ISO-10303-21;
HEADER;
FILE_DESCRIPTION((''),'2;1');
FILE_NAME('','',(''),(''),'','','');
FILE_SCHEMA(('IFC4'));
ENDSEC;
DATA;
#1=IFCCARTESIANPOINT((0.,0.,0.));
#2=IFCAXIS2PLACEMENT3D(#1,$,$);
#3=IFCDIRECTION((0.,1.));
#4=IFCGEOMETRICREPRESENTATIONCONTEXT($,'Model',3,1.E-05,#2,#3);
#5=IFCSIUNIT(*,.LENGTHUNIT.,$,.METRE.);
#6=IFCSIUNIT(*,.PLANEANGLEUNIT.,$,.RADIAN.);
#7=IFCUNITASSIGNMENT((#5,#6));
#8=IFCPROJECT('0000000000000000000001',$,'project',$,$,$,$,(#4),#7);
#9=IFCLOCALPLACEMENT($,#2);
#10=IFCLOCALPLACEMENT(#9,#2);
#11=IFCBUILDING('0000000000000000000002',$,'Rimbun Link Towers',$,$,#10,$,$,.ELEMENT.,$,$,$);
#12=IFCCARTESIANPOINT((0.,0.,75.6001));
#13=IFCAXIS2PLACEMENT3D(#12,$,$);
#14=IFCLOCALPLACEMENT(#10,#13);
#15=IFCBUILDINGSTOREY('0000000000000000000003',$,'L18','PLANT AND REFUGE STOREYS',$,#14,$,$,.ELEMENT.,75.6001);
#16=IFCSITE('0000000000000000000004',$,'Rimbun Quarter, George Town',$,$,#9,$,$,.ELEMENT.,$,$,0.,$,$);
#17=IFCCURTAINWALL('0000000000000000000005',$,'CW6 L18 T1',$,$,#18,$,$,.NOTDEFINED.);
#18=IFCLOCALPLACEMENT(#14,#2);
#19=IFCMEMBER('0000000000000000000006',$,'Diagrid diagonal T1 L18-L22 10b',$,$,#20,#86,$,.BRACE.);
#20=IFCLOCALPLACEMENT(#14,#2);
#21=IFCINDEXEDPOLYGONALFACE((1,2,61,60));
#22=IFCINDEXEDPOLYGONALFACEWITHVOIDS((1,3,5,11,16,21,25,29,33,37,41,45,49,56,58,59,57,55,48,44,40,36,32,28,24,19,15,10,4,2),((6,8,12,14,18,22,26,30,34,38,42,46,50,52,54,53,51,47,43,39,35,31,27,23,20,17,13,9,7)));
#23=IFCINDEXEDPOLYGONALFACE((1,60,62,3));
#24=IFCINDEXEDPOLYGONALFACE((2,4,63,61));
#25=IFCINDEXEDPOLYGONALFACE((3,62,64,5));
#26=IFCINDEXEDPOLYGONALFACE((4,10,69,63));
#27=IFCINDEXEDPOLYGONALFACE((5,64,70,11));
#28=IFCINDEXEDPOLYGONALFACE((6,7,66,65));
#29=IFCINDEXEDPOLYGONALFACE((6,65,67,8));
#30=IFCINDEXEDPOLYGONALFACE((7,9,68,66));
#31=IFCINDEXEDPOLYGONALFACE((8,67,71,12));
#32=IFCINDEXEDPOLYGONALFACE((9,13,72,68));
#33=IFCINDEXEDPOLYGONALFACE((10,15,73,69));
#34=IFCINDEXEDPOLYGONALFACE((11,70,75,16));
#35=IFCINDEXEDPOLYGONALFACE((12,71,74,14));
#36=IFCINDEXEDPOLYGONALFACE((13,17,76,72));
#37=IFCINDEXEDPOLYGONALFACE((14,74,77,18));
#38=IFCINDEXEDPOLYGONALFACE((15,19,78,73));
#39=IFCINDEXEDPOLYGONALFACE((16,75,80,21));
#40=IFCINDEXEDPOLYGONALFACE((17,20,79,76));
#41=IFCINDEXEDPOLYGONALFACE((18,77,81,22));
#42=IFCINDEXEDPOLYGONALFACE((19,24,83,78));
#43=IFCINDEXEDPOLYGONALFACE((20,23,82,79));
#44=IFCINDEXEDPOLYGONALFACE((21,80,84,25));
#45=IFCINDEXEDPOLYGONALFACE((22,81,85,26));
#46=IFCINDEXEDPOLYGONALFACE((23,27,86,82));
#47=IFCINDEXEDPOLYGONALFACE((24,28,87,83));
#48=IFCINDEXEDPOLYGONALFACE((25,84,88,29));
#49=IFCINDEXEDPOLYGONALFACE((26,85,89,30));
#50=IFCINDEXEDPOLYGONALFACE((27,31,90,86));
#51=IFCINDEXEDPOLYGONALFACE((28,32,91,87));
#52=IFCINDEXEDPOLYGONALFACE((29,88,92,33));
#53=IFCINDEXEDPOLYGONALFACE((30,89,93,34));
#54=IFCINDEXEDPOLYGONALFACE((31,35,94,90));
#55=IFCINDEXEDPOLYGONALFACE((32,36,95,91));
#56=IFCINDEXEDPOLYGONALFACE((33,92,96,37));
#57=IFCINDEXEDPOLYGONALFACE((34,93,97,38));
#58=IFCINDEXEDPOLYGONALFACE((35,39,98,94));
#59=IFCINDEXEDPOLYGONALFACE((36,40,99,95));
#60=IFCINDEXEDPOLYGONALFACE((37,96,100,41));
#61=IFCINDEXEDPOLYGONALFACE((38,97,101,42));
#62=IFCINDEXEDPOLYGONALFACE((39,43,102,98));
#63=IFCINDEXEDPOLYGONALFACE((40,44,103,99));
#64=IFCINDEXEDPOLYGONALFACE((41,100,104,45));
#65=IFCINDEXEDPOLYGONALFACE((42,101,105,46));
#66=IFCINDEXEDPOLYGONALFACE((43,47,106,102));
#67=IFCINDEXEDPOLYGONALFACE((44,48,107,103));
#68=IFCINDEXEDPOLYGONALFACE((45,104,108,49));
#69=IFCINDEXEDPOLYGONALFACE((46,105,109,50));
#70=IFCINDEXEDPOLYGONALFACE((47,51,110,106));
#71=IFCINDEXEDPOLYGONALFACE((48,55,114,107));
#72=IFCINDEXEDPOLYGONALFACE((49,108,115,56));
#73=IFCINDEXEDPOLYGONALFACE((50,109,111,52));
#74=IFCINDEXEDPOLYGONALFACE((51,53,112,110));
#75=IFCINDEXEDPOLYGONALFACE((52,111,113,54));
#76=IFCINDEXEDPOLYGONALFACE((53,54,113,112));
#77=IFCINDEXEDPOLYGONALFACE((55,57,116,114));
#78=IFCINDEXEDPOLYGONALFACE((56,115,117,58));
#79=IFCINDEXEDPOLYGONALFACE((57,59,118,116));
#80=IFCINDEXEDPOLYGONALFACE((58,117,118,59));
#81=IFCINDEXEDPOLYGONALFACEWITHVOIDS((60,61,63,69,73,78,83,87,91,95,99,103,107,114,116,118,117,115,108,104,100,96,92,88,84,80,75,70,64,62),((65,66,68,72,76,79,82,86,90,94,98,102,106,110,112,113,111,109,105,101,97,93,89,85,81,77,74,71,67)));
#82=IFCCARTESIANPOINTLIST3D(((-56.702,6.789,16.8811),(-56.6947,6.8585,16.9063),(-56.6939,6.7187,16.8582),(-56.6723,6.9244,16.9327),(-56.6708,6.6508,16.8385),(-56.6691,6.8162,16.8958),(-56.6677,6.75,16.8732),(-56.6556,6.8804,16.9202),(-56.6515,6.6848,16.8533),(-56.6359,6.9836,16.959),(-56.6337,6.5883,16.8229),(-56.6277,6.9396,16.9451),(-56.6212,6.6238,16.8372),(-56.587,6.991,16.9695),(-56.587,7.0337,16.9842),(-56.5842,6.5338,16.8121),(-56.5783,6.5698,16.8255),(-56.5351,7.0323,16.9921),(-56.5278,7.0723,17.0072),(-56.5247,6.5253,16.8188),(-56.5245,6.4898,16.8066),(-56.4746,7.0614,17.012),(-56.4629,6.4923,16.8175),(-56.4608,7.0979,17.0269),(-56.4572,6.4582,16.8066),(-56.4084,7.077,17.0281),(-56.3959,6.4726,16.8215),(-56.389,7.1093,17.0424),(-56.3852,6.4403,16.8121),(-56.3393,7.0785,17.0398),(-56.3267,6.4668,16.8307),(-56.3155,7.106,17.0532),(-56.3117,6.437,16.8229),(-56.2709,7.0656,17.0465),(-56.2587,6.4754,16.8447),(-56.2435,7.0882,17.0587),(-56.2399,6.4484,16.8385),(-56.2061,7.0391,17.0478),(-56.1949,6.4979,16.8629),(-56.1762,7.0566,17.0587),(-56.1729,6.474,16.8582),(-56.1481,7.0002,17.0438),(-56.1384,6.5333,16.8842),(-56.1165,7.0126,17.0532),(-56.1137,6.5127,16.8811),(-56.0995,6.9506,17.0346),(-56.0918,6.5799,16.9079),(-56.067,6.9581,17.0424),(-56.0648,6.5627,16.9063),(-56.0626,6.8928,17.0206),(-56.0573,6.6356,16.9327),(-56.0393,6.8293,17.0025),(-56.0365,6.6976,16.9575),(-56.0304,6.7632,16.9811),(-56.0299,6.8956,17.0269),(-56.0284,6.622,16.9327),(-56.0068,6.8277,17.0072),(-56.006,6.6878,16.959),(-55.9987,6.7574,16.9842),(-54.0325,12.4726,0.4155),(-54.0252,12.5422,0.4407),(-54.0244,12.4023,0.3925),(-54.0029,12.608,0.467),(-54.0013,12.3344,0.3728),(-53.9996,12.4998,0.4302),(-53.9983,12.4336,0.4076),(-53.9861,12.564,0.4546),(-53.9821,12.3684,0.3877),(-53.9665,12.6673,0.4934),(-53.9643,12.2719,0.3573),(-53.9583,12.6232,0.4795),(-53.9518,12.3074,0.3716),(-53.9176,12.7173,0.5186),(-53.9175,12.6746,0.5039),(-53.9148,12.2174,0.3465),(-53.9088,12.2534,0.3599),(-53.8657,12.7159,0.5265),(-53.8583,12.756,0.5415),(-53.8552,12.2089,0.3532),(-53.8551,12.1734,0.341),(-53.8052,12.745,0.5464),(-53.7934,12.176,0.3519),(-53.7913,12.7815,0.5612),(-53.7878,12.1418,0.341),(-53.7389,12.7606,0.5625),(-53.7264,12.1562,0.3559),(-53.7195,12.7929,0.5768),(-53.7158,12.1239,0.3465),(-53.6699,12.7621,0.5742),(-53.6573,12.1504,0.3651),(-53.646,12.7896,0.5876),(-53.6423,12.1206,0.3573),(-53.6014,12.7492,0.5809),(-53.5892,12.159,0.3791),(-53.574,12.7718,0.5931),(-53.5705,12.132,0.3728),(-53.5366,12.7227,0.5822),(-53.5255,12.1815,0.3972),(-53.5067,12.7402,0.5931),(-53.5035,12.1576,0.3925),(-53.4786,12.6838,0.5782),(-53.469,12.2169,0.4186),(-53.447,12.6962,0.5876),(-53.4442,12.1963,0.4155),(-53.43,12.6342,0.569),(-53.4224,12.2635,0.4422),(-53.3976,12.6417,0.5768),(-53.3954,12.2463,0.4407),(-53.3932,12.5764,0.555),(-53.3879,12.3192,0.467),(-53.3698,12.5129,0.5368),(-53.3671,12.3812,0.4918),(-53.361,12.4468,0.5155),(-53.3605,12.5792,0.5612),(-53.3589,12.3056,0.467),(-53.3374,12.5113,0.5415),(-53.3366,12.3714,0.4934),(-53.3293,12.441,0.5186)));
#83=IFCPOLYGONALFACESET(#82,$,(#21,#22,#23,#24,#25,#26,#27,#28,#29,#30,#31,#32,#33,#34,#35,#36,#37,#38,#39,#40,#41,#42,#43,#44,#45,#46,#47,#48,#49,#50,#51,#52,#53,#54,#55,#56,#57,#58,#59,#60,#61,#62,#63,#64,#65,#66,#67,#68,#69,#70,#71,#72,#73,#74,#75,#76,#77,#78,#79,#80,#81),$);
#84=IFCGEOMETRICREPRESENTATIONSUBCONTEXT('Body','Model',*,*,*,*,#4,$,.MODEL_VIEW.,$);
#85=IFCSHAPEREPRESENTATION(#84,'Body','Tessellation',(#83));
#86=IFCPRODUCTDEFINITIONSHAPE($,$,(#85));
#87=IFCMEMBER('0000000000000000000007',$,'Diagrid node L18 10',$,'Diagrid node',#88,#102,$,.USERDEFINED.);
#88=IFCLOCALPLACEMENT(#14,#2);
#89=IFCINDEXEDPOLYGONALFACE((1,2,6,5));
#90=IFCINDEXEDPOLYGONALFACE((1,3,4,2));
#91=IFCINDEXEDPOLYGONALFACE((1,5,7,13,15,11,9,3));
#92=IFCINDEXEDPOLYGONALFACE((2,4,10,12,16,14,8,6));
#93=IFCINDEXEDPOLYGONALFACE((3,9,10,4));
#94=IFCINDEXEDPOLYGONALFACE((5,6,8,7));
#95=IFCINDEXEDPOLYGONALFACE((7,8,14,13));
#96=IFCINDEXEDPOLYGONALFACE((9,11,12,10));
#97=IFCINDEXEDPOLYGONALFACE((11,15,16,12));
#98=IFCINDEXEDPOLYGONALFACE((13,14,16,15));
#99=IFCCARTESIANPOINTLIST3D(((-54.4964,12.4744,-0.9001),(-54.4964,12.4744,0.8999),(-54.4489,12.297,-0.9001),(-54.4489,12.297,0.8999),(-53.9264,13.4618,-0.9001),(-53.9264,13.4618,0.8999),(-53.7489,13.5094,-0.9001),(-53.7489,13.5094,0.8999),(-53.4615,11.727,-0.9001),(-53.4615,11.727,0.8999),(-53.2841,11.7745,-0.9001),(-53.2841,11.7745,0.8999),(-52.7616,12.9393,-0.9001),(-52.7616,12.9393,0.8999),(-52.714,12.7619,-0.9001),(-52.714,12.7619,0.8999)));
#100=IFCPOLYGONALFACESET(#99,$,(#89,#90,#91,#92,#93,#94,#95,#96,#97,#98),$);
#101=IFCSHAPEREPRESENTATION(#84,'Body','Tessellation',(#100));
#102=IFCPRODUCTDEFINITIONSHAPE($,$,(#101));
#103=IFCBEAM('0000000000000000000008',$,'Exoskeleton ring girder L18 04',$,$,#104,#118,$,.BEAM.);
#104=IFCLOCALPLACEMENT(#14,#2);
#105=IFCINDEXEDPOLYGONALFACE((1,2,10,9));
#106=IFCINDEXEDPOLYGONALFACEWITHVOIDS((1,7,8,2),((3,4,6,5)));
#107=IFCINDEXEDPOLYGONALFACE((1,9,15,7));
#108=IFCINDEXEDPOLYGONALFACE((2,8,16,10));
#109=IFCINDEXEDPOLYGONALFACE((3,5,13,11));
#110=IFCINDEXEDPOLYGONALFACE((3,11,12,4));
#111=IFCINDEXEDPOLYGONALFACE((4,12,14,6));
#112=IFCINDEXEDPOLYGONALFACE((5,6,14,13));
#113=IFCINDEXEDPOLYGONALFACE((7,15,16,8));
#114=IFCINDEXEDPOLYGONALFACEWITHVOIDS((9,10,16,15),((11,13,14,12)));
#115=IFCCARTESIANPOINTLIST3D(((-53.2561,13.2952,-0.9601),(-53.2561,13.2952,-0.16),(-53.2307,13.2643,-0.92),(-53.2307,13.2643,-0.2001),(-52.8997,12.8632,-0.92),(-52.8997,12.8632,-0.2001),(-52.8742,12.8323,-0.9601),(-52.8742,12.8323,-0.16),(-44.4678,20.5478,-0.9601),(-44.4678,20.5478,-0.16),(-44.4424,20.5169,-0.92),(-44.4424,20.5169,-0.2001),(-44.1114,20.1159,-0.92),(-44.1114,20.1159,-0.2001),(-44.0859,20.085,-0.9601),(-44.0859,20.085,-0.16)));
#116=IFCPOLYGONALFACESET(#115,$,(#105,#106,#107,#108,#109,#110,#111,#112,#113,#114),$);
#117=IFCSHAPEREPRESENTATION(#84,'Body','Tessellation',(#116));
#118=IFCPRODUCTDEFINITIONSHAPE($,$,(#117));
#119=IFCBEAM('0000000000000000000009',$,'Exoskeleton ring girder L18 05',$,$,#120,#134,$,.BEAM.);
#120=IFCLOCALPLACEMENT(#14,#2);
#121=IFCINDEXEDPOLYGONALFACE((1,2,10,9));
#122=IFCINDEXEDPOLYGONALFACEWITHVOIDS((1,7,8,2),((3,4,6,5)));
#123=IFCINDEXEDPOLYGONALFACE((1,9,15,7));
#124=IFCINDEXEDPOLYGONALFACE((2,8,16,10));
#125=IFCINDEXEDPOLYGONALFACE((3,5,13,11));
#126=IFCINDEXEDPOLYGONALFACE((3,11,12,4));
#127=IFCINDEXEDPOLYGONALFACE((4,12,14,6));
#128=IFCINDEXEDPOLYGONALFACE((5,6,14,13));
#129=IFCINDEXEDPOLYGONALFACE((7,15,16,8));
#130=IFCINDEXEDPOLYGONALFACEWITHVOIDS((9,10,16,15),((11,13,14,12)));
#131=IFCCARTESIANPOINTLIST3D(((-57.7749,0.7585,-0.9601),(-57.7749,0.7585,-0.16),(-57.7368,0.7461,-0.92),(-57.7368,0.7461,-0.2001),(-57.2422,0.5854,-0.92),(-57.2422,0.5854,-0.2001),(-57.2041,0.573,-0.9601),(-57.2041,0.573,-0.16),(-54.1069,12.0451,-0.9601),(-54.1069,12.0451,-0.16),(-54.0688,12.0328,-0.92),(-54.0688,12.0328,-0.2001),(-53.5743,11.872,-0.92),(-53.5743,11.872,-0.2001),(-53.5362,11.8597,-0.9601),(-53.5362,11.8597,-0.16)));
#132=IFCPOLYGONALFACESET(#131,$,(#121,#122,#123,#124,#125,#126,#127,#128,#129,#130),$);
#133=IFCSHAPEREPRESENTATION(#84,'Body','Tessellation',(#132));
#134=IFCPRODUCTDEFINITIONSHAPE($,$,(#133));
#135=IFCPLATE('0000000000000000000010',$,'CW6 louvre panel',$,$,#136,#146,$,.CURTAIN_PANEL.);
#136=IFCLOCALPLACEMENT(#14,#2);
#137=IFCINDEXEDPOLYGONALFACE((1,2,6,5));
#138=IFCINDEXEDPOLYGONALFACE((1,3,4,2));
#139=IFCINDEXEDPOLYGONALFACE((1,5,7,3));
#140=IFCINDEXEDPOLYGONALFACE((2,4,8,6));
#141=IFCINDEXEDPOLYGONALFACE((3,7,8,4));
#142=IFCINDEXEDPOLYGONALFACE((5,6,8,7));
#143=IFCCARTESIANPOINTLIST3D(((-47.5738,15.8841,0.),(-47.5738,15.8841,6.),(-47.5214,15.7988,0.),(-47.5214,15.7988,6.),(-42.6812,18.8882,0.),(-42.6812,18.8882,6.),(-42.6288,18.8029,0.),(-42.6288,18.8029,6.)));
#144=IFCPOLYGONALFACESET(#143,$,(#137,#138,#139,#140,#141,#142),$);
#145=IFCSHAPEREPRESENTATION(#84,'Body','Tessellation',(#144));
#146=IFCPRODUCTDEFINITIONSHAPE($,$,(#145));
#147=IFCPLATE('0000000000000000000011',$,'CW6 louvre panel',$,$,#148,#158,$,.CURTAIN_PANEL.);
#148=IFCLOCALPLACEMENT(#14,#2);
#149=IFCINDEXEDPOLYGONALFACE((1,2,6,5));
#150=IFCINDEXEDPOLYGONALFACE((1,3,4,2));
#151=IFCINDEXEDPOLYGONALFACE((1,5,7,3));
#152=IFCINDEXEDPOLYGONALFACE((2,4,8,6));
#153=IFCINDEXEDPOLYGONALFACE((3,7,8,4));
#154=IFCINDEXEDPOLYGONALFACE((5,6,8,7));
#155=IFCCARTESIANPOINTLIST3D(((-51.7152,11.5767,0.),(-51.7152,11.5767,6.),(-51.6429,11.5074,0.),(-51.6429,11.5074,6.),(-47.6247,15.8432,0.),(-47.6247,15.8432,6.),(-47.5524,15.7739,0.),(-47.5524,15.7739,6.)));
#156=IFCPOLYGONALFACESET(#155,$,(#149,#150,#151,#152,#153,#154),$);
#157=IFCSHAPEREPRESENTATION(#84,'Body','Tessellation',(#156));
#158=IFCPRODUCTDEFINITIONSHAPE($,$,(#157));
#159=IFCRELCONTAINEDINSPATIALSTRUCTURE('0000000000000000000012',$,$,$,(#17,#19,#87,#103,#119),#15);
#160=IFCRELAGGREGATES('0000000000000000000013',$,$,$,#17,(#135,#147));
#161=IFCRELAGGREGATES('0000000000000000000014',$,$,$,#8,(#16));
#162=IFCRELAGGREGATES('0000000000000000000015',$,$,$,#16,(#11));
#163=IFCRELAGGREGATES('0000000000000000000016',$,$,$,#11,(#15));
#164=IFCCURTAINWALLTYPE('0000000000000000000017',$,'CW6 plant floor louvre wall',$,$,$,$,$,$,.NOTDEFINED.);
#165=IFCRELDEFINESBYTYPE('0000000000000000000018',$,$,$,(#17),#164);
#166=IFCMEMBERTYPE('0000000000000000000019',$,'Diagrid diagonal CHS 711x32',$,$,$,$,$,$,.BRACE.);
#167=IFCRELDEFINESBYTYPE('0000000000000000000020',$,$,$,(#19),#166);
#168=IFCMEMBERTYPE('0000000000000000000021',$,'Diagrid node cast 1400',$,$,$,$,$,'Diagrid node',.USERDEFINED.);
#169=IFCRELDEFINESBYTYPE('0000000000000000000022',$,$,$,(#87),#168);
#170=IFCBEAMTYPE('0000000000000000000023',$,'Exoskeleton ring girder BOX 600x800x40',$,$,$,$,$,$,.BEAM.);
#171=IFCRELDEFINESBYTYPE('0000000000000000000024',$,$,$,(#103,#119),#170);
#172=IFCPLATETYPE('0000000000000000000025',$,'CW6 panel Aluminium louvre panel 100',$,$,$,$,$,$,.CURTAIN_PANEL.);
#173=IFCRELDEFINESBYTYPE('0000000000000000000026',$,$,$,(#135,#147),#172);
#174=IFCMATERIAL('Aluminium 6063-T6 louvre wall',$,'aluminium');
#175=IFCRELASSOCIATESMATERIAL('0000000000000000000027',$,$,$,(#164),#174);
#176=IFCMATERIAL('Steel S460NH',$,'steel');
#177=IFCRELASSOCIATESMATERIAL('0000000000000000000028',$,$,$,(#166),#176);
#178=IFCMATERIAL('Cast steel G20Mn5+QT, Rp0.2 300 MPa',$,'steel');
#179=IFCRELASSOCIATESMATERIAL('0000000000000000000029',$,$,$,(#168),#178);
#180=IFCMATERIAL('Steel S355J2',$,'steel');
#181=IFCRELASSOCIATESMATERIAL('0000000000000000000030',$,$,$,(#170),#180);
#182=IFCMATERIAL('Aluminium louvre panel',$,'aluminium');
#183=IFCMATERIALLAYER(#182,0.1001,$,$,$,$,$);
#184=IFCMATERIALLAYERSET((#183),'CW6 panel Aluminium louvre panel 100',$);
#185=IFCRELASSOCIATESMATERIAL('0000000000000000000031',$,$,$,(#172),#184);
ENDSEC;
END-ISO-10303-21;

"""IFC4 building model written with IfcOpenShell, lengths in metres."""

from ifc_helpers import new_model, si_unit, direction, frame, origin, origin_2d, place, context, subcontext, project, spatial, polyline, rectangle, hollow_rectangle, hollow_circle, outline, extrude, material, layer, layer_set, material_profile, profile_set, type_object, element, aggregate, save


model = new_model("IFC4")

# Units and contexts
model_context = context("Model", 3, precision=1e-05, world=origin(), true_north=direction((0.0, 1.0)))
body_context = subcontext(model_context, "Body", "Model", "MODEL_VIEW")
ifc_project = project(units=[si_unit("LENGTHUNIT", "METRE"), si_unit("PLANEANGLEUNIT", "RADIAN")], contexts=[model_context])

# Site, building, storey
site_placement = place(None, origin())
site = spatial("IfcSite", under=ifc_project, at=site_placement, Name="Rimbun Quarter, George Town", CompositionType="ELEMENT", RefElevation=0.0)
building_placement = place(site_placement, origin())
building = spatial("IfcBuilding", under=site, at=building_placement, Name="Rimbun Link Towers", CompositionType="ELEMENT")
storey_placement = place(building_placement, frame((0.0, 0.0, 75.6001)))
storey = spatial("IfcBuildingStorey", under=building, at=storey_placement, Name="L18", Description="PLANT AND REFUGE STOREYS", CompositionType="ELEMENT", Elevation=75.6001)

# Curtain wall
ifc_material_1 = material(Name="Aluminium 6063-T6 louvre wall", Category="aluminium")
curtain_wall_type = type_object("IfcCurtainWallType", Name="CW6 plant floor louvre wall", PredefinedType="NOTDEFINED", material=ifc_material_1)
curtain_wall_placement = place(storey_placement, origin())
curtain_wall = element("IfcCurtainWall", 1, at=curtain_wall_placement, inside=storey, type_object=curtain_wall_type, Name="CW6 L18 T1", PredefinedType="NOTDEFINED")

# Members
ifc_material_2 = material(Name="Steel S460NH", Category="steel")
ifc_material_profile_1 = material_profile(ifc_material_2, hollow_circle(Radius=0.3557, WallThickness=0.032, at=origin_2d()), Name="Diagrid diagonal CHS 711x32")
ifc_profile_set_1 = profile_set([ifc_material_profile_1], Name="Steel S460NH")
member_type_1 = type_object("IfcMemberType", Name="Diagrid diagonal CHS 711x32", PredefinedType="BRACE", material=ifc_profile_set_1)
member_1_placement = place(storey_placement, frame((-53.6809, 12.4568, 0.467), z_axis=(-0.151481, -0.322523, 0.934362), x_axis=(0.905137, -0.425119, 0.0)))
element("IfcMember", 2, at=member_1_placement, inside=storey, type_object=member_type_1, Name="Diagrid diagonal T1 L18-L22 10b", PredefinedType="BRACE", context=body_context, shape_type="SweptSolid", body=[
    extrude(hollow_circle(Radius=0.3557, WallThickness=0.032, at=origin_2d()), origin(), (0.0, 0.0, 1.0), 17.6223),
])
ifc_material_3 = material(Name="Cast steel G20Mn5+QT, Rp0.2 300 MPa", Category="steel")
ifc_material_profile_2 = material_profile(ifc_material_3, outline(polyline([(0.7, -0.5701), (0.7, 0.5701), (0.5701, 0.7), (-0.5701, 0.7), (-0.7, 0.5701), (-0.7, -0.5701), (-0.5701, -0.7), (0.5701, -0.7), (0.7, -0.5701)])), Name="NODE 1400x1400")
ifc_profile_set_2 = profile_set([ifc_material_profile_2], Name="Cast steel G20Mn5+QT, Rp0.2 300 MPa")
member_type_2 = type_object("IfcMemberType", Name="Diagrid node cast 1400", ElementType="Diagrid node", PredefinedType="USERDEFINED", material=ifc_profile_set_2)
member_2_placement = place(storey_placement, frame((-53.6052, 12.6182, -0.9001), z_axis=(0.0, 0.0, 1.0), x_axis=(-0.866025, 0.5, 0.0)))
element("IfcMember", 3, at=member_2_placement, inside=storey, type_object=member_type_2, Name="Diagrid node L18 10", ObjectType="Diagrid node", PredefinedType="USERDEFINED", context=body_context, shape_type="SweptSolid", body=[
    extrude(outline(polyline([(0.7, -0.5701), (0.7, 0.5701), (0.5701, 0.7), (-0.5701, 0.7), (-0.7, 0.5701), (-0.7, -0.5701), (-0.5701, -0.7), (0.5701, -0.7), (0.7, -0.5701)])), origin(), (0.0, 0.0, 1.0), 1.8),
])

# Beams
ifc_material_4 = material(Name="Steel S355J2", Category="steel")
ifc_material_profile_3 = material_profile(ifc_material_4, hollow_rectangle(XDim=0.6001, YDim=0.8, WallThickness=0.04, at=origin_2d()), Name="Exoskeleton ring girder BOX 600x800x40")
ifc_profile_set_3 = profile_set([ifc_material_profile_3], Name="Steel S355J2")
beam_type = type_object("IfcBeamType", Name="Exoskeleton ring girder BOX 600x800x40", PredefinedType="BEAM", material=ifc_profile_set_3)
beam_1_placement = place(storey_placement, frame((-44.2769, 20.3164, -0.5601), z_axis=(-0.771274, -0.636504, 0.0), x_axis=(0.636504, -0.771274, 0.0)))
element("IfcBeam", 4, at=beam_1_placement, inside=storey, type_object=beam_type, Name="Exoskeleton ring girder L18 04", PredefinedType="BEAM", context=body_context, shape_type="SweptSolid", body=[
    extrude(hollow_rectangle(XDim=0.6001, YDim=0.8, WallThickness=0.04, at=origin_2d()), origin(), (0.0, 0.0, 1.0), 11.3945),
])
beam_2_placement = place(storey_placement, frame((-53.8215, 11.9524, -0.5601), z_axis=(-0.309072, -0.951039, 0.0), x_axis=(0.951039, -0.309072, 0.0)))
element("IfcBeam", 5, at=beam_2_placement, inside=storey, type_object=beam_type, Name="Exoskeleton ring girder L18 05", PredefinedType="BEAM", context=body_context, shape_type="SweptSolid", body=[
    extrude(hollow_rectangle(XDim=0.6001, YDim=0.8, WallThickness=0.04, at=origin_2d()), origin(), (0.0, 0.0, 1.0), 11.8677),
])

# Plates
ifc_material_5 = material(Name="Aluminium louvre panel", Category="aluminium")
ifc_layer = layer(ifc_material_5, 0.1001)
ifc_layer_set = layer_set([ifc_layer], Name="CW6 panel Aluminium louvre panel 100")
plate_type = type_object("IfcPlateType", Name="CW6 panel Aluminium louvre panel 100", PredefinedType="CURTAIN_PANEL", material=ifc_layer_set)
plate_1_placement = place(storey_placement, frame((-45.1013, 17.3435, 0.0), z_axis=(0.0, 0.0, 1.0), x_axis=(0.852187, 0.523237, 0.0)))
plate_1 = element("IfcPlate", 6, at=plate_1_placement, type_object=plate_type, Name="CW6 louvre panel", PredefinedType="CURTAIN_PANEL", context=body_context, shape_type="SweptSolid", body=[
    extrude(rectangle(XDim=5.7412, YDim=0.1001, at=origin_2d()), origin(), (0.0, 0.0, 1.0), 6.0),
])
plate_2_placement = place(storey_placement, frame((-49.6338, 13.6753, 0.0), z_axis=(0.0, 0.0, 1.0), x_axis=(0.692061, 0.721839, 0.0)))
plate_2 = element("IfcPlate", 7, at=plate_2_placement, type_object=plate_type, Name="CW6 louvre panel", PredefinedType="CURTAIN_PANEL", context=body_context, shape_type="SweptSolid", body=[
    extrude(rectangle(XDim=5.9106, YDim=0.1001, at=origin_2d()), origin(), (0.0, 0.0, 1.0), 6.0),
])
aggregate(curtain_wall, [plate_1, plate_2])

save(model, "model.ifc")
